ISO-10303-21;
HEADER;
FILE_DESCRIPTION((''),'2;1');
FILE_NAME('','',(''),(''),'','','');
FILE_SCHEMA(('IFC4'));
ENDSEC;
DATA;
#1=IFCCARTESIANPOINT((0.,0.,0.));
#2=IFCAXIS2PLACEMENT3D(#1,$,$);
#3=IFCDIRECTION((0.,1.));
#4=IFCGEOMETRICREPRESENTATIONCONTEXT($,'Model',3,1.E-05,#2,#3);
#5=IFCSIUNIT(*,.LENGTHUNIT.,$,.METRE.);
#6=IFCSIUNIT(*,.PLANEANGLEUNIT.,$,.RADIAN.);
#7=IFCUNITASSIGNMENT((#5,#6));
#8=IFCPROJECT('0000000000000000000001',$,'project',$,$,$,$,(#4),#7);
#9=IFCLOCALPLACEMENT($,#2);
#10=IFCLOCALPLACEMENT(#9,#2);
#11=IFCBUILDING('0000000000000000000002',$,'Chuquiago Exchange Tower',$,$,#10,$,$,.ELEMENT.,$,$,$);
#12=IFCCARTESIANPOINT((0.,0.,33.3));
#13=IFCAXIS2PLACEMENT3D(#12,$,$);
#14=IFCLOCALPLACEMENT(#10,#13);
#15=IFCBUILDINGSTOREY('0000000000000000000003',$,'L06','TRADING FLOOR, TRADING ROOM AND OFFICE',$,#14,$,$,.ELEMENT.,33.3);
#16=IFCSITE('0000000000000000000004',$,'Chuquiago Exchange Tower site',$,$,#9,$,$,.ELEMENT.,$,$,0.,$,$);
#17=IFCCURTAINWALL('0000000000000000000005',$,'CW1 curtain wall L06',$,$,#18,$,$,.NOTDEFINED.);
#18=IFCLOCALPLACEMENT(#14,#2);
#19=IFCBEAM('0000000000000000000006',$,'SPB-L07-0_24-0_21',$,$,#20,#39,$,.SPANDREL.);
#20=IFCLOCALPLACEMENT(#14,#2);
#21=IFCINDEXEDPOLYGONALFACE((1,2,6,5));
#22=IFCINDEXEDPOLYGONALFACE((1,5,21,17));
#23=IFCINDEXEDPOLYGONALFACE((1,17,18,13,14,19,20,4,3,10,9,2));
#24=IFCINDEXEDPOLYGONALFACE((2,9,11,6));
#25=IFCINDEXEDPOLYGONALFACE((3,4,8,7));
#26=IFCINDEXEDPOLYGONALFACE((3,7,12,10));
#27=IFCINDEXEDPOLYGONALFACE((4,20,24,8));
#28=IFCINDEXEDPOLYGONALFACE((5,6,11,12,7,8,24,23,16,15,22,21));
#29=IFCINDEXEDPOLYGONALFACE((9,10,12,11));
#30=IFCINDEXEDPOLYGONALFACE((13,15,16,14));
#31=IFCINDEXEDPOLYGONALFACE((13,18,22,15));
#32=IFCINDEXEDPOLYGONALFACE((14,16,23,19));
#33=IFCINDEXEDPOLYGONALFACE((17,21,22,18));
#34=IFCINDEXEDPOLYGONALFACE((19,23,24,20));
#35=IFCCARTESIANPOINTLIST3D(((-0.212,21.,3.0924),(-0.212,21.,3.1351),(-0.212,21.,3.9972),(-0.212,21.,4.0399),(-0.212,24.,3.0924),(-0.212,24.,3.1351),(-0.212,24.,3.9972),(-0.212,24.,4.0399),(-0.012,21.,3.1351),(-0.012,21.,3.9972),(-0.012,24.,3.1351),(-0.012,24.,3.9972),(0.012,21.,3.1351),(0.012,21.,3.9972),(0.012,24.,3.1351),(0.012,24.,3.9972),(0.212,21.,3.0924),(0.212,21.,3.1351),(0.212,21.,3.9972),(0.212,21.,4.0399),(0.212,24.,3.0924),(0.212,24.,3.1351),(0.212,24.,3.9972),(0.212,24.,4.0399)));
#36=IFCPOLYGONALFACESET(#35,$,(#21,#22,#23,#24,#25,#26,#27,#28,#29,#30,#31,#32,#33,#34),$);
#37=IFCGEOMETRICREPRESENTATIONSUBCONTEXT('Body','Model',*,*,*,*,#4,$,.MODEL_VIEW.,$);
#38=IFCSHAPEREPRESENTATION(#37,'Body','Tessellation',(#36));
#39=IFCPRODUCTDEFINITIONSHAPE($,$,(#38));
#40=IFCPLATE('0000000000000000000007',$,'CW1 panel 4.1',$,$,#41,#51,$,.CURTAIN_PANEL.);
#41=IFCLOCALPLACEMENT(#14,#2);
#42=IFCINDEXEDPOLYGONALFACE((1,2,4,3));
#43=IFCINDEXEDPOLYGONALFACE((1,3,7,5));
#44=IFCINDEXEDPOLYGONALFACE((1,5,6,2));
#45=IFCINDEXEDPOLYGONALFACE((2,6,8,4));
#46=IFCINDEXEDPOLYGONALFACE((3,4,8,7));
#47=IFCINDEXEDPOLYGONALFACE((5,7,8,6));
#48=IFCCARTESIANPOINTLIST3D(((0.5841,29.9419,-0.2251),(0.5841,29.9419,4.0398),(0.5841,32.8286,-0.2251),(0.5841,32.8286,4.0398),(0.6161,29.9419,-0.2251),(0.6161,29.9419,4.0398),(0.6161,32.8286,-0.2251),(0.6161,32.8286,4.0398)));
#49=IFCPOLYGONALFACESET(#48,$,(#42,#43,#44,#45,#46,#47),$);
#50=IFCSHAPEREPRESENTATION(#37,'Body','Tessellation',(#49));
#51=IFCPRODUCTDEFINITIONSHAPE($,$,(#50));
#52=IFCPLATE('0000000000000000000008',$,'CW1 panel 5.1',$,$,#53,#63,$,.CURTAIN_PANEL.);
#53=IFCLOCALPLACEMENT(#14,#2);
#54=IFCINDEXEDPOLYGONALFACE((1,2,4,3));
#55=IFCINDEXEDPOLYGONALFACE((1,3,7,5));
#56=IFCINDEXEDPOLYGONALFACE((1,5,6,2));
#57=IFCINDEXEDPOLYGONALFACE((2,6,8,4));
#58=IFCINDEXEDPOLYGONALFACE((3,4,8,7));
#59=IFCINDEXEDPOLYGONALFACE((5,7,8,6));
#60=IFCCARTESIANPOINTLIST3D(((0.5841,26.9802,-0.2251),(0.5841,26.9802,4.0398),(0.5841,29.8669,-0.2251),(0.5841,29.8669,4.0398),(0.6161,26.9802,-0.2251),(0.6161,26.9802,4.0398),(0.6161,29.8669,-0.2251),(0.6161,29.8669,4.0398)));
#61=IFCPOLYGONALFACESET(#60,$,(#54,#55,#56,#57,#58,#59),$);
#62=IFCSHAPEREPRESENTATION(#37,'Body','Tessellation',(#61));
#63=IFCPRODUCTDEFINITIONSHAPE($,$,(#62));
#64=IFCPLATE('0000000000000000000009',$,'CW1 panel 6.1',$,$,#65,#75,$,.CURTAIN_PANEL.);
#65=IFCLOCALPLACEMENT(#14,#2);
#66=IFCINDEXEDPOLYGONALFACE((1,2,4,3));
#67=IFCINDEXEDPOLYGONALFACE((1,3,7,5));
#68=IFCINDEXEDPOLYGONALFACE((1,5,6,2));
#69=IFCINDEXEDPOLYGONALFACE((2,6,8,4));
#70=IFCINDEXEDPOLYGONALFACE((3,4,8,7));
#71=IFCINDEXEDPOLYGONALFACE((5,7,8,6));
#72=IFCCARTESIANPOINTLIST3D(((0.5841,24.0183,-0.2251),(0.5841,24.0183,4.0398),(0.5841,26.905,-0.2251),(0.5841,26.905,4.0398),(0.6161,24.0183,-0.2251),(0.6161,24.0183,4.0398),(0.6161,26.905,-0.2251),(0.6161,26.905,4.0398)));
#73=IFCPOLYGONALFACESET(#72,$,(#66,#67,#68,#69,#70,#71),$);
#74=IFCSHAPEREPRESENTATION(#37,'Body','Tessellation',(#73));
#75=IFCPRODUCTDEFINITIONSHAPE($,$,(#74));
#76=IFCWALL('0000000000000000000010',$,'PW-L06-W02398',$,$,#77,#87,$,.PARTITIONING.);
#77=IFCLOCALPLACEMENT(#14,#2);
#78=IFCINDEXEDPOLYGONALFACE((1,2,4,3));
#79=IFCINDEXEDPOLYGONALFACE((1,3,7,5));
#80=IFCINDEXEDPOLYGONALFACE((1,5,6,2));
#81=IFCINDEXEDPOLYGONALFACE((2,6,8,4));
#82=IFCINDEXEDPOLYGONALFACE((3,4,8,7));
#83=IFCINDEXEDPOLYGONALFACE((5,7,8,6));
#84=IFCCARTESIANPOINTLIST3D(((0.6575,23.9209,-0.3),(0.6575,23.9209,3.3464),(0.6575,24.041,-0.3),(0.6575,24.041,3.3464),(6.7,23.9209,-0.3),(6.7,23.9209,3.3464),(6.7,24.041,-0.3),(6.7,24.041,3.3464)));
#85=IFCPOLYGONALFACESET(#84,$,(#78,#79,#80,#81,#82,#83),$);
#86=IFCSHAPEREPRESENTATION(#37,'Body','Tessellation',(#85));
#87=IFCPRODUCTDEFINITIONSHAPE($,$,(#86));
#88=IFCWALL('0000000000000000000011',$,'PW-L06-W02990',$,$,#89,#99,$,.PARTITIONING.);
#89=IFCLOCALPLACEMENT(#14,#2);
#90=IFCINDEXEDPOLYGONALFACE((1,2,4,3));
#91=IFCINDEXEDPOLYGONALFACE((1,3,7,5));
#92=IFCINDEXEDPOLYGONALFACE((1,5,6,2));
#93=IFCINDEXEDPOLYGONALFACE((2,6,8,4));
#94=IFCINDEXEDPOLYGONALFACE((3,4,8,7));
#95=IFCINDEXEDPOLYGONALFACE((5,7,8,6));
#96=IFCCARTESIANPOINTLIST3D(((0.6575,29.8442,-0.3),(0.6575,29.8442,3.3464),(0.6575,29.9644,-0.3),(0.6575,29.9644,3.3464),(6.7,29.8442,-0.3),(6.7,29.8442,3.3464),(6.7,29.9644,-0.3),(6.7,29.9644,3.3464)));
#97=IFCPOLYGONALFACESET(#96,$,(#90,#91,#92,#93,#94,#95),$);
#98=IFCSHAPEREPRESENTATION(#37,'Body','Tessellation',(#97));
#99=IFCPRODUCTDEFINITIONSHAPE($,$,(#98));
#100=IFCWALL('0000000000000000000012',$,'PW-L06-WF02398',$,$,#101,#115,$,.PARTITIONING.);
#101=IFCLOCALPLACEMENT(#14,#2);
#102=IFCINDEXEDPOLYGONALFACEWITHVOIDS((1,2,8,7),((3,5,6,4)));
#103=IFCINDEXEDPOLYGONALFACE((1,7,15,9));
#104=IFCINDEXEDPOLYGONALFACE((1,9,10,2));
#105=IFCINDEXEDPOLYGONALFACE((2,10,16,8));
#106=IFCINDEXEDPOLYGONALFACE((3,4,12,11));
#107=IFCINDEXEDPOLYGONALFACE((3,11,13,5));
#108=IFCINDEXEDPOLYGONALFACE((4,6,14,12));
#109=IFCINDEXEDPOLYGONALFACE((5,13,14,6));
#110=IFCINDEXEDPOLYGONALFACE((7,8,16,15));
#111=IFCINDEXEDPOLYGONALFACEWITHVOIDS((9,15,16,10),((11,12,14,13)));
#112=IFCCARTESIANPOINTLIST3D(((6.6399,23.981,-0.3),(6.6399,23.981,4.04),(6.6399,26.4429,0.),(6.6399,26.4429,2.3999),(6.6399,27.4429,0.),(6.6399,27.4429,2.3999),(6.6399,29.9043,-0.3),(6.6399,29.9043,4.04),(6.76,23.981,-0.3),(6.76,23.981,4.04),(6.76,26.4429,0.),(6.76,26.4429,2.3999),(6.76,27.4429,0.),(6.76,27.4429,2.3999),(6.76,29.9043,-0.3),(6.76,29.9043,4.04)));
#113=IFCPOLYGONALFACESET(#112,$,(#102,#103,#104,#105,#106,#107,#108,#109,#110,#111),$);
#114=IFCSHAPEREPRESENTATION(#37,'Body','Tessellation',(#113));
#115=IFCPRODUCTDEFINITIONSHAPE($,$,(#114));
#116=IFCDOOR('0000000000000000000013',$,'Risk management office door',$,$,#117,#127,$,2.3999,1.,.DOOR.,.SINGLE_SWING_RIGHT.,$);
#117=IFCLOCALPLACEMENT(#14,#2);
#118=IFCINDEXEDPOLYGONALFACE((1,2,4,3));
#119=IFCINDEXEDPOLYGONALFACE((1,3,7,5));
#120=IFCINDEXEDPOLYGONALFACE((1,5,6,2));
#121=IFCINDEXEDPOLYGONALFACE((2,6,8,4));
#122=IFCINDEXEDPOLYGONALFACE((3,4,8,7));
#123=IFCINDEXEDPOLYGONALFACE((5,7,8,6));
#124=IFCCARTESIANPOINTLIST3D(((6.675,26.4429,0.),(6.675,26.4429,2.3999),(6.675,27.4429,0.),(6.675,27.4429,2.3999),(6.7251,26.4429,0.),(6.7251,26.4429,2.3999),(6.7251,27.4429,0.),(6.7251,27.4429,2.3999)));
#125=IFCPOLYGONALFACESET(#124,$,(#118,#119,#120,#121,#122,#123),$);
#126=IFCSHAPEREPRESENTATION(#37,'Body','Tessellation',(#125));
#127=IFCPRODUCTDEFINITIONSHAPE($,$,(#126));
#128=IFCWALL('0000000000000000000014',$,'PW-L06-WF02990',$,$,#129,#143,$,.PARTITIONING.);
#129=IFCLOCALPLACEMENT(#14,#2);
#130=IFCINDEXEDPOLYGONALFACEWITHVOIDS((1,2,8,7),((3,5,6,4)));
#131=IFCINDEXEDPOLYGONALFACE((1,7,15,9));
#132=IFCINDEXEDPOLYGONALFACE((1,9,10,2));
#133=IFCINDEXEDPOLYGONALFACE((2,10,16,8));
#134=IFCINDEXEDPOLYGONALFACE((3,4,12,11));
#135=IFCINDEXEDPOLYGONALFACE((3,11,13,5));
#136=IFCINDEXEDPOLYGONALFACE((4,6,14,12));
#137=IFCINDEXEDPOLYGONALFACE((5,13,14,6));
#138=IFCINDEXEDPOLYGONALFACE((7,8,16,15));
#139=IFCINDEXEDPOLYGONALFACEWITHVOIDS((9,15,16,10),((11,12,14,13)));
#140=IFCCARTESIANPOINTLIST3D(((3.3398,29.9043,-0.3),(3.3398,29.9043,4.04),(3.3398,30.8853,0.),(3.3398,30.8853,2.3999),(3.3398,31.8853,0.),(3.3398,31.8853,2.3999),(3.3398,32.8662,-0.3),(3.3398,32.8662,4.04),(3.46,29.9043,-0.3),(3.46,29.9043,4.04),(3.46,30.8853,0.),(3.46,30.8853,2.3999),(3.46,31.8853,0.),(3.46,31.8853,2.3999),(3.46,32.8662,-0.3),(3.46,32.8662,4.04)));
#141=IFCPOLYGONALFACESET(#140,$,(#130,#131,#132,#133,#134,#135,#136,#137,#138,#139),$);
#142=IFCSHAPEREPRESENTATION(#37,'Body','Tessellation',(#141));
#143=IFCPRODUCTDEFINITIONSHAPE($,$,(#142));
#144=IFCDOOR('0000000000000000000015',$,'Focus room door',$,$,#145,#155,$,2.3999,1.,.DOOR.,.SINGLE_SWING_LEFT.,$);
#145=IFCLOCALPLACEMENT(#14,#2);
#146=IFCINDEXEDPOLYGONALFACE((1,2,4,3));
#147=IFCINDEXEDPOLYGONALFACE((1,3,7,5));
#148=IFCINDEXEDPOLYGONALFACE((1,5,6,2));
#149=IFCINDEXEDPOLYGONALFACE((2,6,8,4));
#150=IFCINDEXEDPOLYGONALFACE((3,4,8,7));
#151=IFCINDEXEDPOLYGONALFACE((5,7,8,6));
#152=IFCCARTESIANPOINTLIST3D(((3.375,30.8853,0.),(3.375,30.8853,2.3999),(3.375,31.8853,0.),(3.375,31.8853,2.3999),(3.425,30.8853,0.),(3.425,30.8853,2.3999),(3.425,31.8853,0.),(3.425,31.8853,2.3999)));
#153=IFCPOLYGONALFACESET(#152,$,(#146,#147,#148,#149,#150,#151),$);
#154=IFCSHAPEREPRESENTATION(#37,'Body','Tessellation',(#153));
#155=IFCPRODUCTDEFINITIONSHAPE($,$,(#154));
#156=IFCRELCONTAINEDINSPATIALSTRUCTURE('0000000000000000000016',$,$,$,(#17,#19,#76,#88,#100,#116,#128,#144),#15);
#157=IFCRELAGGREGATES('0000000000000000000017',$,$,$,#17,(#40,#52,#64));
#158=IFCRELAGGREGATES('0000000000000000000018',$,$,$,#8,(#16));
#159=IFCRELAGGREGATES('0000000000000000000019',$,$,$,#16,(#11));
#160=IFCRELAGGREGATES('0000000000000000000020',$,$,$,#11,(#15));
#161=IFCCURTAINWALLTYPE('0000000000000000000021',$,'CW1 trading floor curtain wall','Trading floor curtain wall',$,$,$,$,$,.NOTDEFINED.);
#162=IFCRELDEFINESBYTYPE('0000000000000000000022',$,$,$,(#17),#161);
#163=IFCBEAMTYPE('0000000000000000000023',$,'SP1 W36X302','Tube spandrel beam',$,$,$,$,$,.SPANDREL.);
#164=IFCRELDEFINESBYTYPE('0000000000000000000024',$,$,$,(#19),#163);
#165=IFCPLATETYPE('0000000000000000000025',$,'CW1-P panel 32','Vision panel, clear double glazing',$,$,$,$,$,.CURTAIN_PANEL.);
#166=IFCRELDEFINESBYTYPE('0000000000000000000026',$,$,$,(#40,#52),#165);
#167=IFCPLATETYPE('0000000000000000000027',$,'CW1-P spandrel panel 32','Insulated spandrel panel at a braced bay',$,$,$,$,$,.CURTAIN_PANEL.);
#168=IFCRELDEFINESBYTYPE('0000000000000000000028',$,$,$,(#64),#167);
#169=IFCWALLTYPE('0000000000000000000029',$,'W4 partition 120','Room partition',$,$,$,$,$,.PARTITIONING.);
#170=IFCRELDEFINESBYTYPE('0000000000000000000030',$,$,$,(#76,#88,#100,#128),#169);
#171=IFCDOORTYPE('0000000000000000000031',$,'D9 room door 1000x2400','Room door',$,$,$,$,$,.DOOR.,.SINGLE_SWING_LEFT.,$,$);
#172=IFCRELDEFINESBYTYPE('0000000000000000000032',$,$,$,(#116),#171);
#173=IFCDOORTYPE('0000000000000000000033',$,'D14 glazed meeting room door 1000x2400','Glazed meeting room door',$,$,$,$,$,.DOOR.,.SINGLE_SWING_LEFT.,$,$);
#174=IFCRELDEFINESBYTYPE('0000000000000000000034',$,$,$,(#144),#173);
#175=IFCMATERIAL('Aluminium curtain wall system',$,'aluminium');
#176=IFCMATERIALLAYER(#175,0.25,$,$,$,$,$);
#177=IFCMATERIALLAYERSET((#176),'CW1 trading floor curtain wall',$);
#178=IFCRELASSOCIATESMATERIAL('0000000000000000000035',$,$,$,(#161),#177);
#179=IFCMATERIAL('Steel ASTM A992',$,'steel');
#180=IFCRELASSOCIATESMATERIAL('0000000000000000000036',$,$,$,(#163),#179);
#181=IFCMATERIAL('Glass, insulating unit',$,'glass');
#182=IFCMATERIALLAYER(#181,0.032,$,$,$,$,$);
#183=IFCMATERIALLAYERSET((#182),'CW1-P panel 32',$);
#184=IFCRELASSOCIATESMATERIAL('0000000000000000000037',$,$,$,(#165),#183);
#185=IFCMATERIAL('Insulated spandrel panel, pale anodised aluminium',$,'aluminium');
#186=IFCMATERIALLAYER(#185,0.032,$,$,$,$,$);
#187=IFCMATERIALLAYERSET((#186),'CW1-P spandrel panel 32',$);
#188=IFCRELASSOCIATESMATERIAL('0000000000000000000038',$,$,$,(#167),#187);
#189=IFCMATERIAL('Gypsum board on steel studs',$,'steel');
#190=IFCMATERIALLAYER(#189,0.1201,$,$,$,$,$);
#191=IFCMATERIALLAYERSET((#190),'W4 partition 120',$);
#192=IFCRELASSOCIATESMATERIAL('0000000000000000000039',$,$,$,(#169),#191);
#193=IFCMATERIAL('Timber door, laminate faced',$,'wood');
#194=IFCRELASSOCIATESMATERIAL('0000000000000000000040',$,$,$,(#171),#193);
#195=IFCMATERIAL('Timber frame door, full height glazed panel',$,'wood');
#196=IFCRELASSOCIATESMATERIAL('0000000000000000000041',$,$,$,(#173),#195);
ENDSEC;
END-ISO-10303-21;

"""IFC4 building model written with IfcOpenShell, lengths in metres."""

from ifc_helpers import new_model, si_unit, direction, frame, frame_2d, origin, origin_2d, place, context, subcontext, project, spatial, rectangle, i_section, extrude, material, layer, layer_set, material_profile, profile_set, type_object, element, fill, aggregate, save


model = new_model("IFC4")

# Units and contexts
model_context = context("Model", 3, precision=1e-05, world=origin(), true_north=direction((0.0, 1.0)))
body_context = subcontext(model_context, "Body", "Model", "MODEL_VIEW")
ifc_project = project(units=[si_unit("LENGTHUNIT", "METRE"), si_unit("PLANEANGLEUNIT", "RADIAN")], contexts=[model_context])

# Site, building, storey
site_placement = place(None, origin())
site = spatial("IfcSite", under=ifc_project, at=site_placement, Name="Chuquiago Exchange Tower site", CompositionType="ELEMENT", RefElevation=0.0)
building_placement = place(site_placement, origin())
building = spatial("IfcBuilding", under=site, at=building_placement, Name="Chuquiago Exchange Tower", CompositionType="ELEMENT")
storey_placement = place(building_placement, frame((0.0, 0.0, 33.3)))
storey = spatial("IfcBuildingStorey", under=building, at=storey_placement, Name="L06", Description="TRADING FLOOR, TRADING ROOM AND OFFICE", CompositionType="ELEMENT", Elevation=33.3)

# Curtain wall
ifc_material_1 = material(Name="Aluminium curtain wall system", Category="aluminium")
ifc_layer_1 = layer(ifc_material_1, 0.25)
ifc_layer_set_1 = layer_set([ifc_layer_1], Name="CW1 trading floor curtain wall")
curtain_wall_type = type_object("IfcCurtainWallType", Name="CW1 trading floor curtain wall", Description="Trading floor curtain wall", PredefinedType="NOTDEFINED", material=ifc_layer_set_1)
curtain_wall_placement = place(storey_placement, origin())
curtain_wall = element("IfcCurtainWall", 1, at=curtain_wall_placement, inside=storey, type_object=curtain_wall_type, Name="CW1 curtain wall L06", PredefinedType="NOTDEFINED")

# Beam
ifc_material_2 = material(Name="Steel ASTM A992", Category="steel")
ifc_material_profile_1 = material_profile(ifc_material_2, i_section(OverallWidth=0.4241, OverallDepth=0.9475, WebThickness=0.0239, FlangeThickness=0.0427, at=origin_2d()), Name="W36X302")
ifc_profile_set_1 = profile_set([ifc_material_profile_1], Name="Steel ASTM A992")
beam_type = type_object("IfcBeamType", Name="SP1 W36X302", Description="Tube spandrel beam", PredefinedType="SPANDREL", material=ifc_profile_set_1)
for number, where, z_axis, x_axis, name in (
    (2, (0.0, 24.0, 3.5662), (0.0, -1.0, 0.0), (1.0, 0.0, 0.0), "SPB-L07-0_24-0_21"),
):
    element("IfcBeam", number, at=place(storey_placement, frame(where, z_axis=z_axis, x_axis=x_axis)), inside=storey, type_object=beam_type, Name=name, PredefinedType="SPANDREL", context=body_context, shape_type="SweptSolid", body=[
        extrude(i_section(OverallWidth=0.4241, OverallDepth=0.9475, WebThickness=0.0239, FlangeThickness=0.0427, at=origin_2d()), origin(), (0.0, 0.0, 1.0), 3.0),
    ])

# Plates
ifc_material_3 = material(Name="Glass, insulating unit", Category="glass")
ifc_layer_2 = layer(ifc_material_3, 0.032)
ifc_layer_set_2 = layer_set([ifc_layer_2], Name="CW1-P panel 32")
plate_type_1 = type_object("IfcPlateType", Name="CW1-P panel 32", Description="Vision panel, clear double glazing", PredefinedType="CURTAIN_PANEL", material=ifc_layer_set_2)
plate_1_placement = place(storey_placement, frame((0.6001, 31.3853, -0.2251), z_axis=(0.0, 0.0, 1.0), x_axis=(0.0, -1.0, 0.0)))
plate_1 = element("IfcPlate", 3, at=plate_1_placement, type_object=plate_type_1, Name="CW1 panel 4.1", PredefinedType="CURTAIN_PANEL", context=body_context, shape_type="SweptSolid", body=[
    extrude(rectangle(XDim=2.8867, YDim=0.032, at=origin_2d()), origin(), (0.0, 0.0, 1.0), 4.2649),
])
plate_2_placement = place(storey_placement, frame((0.6001, 28.4236, -0.2251), z_axis=(0.0, 0.0, 1.0), x_axis=(0.0, -1.0, 0.0)))
plate_2 = element("IfcPlate", 4, at=plate_2_placement, type_object=plate_type_1, Name="CW1 panel 5.1", PredefinedType="CURTAIN_PANEL", context=body_context, shape_type="SweptSolid", body=[
    extrude(rectangle(XDim=2.8867, YDim=0.032, at=origin_2d()), origin(), (0.0, 0.0, 1.0), 4.2649),
])
ifc_material_4 = material(Name="Insulated spandrel panel, pale anodised aluminium", Category="aluminium")
ifc_layer_3 = layer(ifc_material_4, 0.032)
ifc_layer_set_3 = layer_set([ifc_layer_3], Name="CW1-P spandrel panel 32")
plate_type_2 = type_object("IfcPlateType", Name="CW1-P spandrel panel 32", Description="Insulated spandrel panel at a braced bay", PredefinedType="CURTAIN_PANEL", material=ifc_layer_set_3)
plate_3_placement = place(storey_placement, frame((0.6001, 25.4617, -0.2251), z_axis=(0.0, 0.0, 1.0), x_axis=(0.0, -1.0, 0.0)))
plate_3 = element("IfcPlate", 5, at=plate_3_placement, type_object=plate_type_2, Name="CW1 panel 6.1", PredefinedType="CURTAIN_PANEL", context=body_context, shape_type="SweptSolid", body=[
    extrude(rectangle(XDim=2.8867, YDim=0.032, at=origin_2d()), origin(), (0.0, 0.0, 1.0), 4.2649),
])
aggregate(curtain_wall, [plate_1, plate_2, plate_3])

# Walls
ifc_material_5 = material(Name="Gypsum board on steel studs", Category="steel")
ifc_layer_4 = layer(ifc_material_5, 0.1201)
ifc_layer_set_4 = layer_set([ifc_layer_4], Name="W4 partition 120")
wall_type = type_object("IfcWallType", Name="W4 partition 120", Description="Room partition", PredefinedType="PARTITIONING", material=ifc_layer_set_4)
for number, where, z_axis, x_axis, name in (
    (6, (0.6575, 23.981, -0.3), (0.0, 0.0, 1.0), (1.0, 0.0, 0.0), "PW-L06-W02398"),
    (7, (0.6575, 29.9043, -0.3), (0.0, 0.0, 1.0), (1.0, 0.0, 0.0), "PW-L06-W02990"),
):
    element("IfcWall", number, at=place(storey_placement, frame(where, z_axis=z_axis, x_axis=x_axis)), inside=storey, type_object=wall_type, Name=name, PredefinedType="PARTITIONING", context=body_context, shape_type="SweptSolid", body=[
        extrude(rectangle(XDim=6.0425, YDim=0.1201, at=frame_2d((3.0212, 0.0))), origin(), (0.0, 0.0, 1.0), 3.6465),
    ])

# Walls, openings, doors
wall_1_placement = place(storey_placement, frame((6.7, 23.981, -0.3), z_axis=(0.0, 0.0, 1.0), x_axis=(0.0, 1.0, 0.0)))
wall_1 = element("IfcWall", 8, at=wall_1_placement, inside=storey, type_object=wall_type, Name="PW-L06-WF02398", PredefinedType="PARTITIONING", context=body_context, shape_type="SweptSolid", body=[
    extrude(rectangle(XDim=5.9233, YDim=0.1201, at=frame_2d((2.9617, 0.0))), origin(), (0.0, 0.0, 1.0), 4.3401),
])
opening_1_placement = place(wall_1_placement, frame((2.4619, 0.0, 0.3)))
opening_1 = element("IfcOpeningElement", 9, at=opening_1_placement, cuts=wall_1, PredefinedType="OPENING", context=body_context, shape_type="SweptSolid", body=[
    extrude(rectangle(XDim=1.0, YDim=2.3999, at=frame_2d((0.5, 1.2))), frame((0.0, 0.0701, 0.0), z_axis=(0.0, -1.0, 0.0), x_axis=(1.0, 0.0, 0.0)), (0.0, 0.0, 1.0), 0.1401),
])
ifc_material_6 = material(Name="Timber door, laminate faced", Category="wood")
door_type_1 = type_object("IfcDoorType", Name="D9 room door 1000x2400", Description="Room door", OperationType="SINGLE_SWING_LEFT", PredefinedType="DOOR", material=ifc_material_6)
door_1_placement = place(opening_1_placement, origin())
door_1 = element("IfcDoor", 10, at=door_1_placement, inside=storey, type_object=door_type_1, Name="Risk management office door", OperationType="SINGLE_SWING_RIGHT", OverallHeight=2.3999, OverallWidth=1.0, PredefinedType="DOOR", context=body_context, shape_type="SweptSolid", body=[
    extrude(rectangle(XDim=1.0, YDim=2.3999, at=frame_2d((0.5, 1.2))), frame((0.0, 0.0249, 0.0), z_axis=(0.0, -1.0, 0.0), x_axis=(1.0, 0.0, 0.0)), (0.0, 0.0, 1.0), 0.05),
])
fill(opening_1, door_1)
wall_2_placement = place(storey_placement, frame((3.3999, 29.9043, -0.3), z_axis=(0.0, 0.0, 1.0), x_axis=(0.0, 1.0, 0.0)))
wall_2 = element("IfcWall", 11, at=wall_2_placement, inside=storey, type_object=wall_type, Name="PW-L06-WF02990", PredefinedType="PARTITIONING", context=body_context, shape_type="SweptSolid", body=[
    extrude(rectangle(XDim=2.9619, YDim=0.1201, at=frame_2d((1.481, 0.0))), origin(), (0.0, 0.0, 1.0), 4.3401),
])
opening_2_placement = place(wall_2_placement, frame((0.981, 0.0, 0.3)))
opening_2 = element("IfcOpeningElement", 12, at=opening_2_placement, cuts=wall_2, PredefinedType="OPENING", context=body_context, shape_type="SweptSolid", body=[
    extrude(rectangle(XDim=1.0, YDim=2.3999, at=frame_2d((0.5, 1.2))), frame((0.0, 0.0701, 0.0), z_axis=(0.0, -1.0, 0.0), x_axis=(1.0, 0.0, 0.0)), (0.0, 0.0, 1.0), 0.1401),
])
ifc_material_7 = material(Name="Timber frame door, full height glazed panel", Category="wood")
door_type_2 = type_object("IfcDoorType", Name="D14 glazed meeting room door 1000x2400", Description="Glazed meeting room door", OperationType="SINGLE_SWING_LEFT", PredefinedType="DOOR", material=ifc_material_7)
door_2_placement = place(opening_2_placement, origin())
door_2 = element("IfcDoor", 13, at=door_2_placement, inside=storey, type_object=door_type_2, Name="Focus room door", OperationType="SINGLE_SWING_LEFT", OverallHeight=2.3999, OverallWidth=1.0, PredefinedType="DOOR", context=body_context, shape_type="SweptSolid", body=[
    extrude(rectangle(XDim=1.0, YDim=2.3999, at=frame_2d((0.5, 1.2))), frame((0.0, 0.0249, 0.0), z_axis=(0.0, -1.0, 0.0), x_axis=(1.0, 0.0, 0.0)), (0.0, 0.0, 1.0), 0.05),
])
fill(opening_2, door_2)

save(model, "model.ifc")
